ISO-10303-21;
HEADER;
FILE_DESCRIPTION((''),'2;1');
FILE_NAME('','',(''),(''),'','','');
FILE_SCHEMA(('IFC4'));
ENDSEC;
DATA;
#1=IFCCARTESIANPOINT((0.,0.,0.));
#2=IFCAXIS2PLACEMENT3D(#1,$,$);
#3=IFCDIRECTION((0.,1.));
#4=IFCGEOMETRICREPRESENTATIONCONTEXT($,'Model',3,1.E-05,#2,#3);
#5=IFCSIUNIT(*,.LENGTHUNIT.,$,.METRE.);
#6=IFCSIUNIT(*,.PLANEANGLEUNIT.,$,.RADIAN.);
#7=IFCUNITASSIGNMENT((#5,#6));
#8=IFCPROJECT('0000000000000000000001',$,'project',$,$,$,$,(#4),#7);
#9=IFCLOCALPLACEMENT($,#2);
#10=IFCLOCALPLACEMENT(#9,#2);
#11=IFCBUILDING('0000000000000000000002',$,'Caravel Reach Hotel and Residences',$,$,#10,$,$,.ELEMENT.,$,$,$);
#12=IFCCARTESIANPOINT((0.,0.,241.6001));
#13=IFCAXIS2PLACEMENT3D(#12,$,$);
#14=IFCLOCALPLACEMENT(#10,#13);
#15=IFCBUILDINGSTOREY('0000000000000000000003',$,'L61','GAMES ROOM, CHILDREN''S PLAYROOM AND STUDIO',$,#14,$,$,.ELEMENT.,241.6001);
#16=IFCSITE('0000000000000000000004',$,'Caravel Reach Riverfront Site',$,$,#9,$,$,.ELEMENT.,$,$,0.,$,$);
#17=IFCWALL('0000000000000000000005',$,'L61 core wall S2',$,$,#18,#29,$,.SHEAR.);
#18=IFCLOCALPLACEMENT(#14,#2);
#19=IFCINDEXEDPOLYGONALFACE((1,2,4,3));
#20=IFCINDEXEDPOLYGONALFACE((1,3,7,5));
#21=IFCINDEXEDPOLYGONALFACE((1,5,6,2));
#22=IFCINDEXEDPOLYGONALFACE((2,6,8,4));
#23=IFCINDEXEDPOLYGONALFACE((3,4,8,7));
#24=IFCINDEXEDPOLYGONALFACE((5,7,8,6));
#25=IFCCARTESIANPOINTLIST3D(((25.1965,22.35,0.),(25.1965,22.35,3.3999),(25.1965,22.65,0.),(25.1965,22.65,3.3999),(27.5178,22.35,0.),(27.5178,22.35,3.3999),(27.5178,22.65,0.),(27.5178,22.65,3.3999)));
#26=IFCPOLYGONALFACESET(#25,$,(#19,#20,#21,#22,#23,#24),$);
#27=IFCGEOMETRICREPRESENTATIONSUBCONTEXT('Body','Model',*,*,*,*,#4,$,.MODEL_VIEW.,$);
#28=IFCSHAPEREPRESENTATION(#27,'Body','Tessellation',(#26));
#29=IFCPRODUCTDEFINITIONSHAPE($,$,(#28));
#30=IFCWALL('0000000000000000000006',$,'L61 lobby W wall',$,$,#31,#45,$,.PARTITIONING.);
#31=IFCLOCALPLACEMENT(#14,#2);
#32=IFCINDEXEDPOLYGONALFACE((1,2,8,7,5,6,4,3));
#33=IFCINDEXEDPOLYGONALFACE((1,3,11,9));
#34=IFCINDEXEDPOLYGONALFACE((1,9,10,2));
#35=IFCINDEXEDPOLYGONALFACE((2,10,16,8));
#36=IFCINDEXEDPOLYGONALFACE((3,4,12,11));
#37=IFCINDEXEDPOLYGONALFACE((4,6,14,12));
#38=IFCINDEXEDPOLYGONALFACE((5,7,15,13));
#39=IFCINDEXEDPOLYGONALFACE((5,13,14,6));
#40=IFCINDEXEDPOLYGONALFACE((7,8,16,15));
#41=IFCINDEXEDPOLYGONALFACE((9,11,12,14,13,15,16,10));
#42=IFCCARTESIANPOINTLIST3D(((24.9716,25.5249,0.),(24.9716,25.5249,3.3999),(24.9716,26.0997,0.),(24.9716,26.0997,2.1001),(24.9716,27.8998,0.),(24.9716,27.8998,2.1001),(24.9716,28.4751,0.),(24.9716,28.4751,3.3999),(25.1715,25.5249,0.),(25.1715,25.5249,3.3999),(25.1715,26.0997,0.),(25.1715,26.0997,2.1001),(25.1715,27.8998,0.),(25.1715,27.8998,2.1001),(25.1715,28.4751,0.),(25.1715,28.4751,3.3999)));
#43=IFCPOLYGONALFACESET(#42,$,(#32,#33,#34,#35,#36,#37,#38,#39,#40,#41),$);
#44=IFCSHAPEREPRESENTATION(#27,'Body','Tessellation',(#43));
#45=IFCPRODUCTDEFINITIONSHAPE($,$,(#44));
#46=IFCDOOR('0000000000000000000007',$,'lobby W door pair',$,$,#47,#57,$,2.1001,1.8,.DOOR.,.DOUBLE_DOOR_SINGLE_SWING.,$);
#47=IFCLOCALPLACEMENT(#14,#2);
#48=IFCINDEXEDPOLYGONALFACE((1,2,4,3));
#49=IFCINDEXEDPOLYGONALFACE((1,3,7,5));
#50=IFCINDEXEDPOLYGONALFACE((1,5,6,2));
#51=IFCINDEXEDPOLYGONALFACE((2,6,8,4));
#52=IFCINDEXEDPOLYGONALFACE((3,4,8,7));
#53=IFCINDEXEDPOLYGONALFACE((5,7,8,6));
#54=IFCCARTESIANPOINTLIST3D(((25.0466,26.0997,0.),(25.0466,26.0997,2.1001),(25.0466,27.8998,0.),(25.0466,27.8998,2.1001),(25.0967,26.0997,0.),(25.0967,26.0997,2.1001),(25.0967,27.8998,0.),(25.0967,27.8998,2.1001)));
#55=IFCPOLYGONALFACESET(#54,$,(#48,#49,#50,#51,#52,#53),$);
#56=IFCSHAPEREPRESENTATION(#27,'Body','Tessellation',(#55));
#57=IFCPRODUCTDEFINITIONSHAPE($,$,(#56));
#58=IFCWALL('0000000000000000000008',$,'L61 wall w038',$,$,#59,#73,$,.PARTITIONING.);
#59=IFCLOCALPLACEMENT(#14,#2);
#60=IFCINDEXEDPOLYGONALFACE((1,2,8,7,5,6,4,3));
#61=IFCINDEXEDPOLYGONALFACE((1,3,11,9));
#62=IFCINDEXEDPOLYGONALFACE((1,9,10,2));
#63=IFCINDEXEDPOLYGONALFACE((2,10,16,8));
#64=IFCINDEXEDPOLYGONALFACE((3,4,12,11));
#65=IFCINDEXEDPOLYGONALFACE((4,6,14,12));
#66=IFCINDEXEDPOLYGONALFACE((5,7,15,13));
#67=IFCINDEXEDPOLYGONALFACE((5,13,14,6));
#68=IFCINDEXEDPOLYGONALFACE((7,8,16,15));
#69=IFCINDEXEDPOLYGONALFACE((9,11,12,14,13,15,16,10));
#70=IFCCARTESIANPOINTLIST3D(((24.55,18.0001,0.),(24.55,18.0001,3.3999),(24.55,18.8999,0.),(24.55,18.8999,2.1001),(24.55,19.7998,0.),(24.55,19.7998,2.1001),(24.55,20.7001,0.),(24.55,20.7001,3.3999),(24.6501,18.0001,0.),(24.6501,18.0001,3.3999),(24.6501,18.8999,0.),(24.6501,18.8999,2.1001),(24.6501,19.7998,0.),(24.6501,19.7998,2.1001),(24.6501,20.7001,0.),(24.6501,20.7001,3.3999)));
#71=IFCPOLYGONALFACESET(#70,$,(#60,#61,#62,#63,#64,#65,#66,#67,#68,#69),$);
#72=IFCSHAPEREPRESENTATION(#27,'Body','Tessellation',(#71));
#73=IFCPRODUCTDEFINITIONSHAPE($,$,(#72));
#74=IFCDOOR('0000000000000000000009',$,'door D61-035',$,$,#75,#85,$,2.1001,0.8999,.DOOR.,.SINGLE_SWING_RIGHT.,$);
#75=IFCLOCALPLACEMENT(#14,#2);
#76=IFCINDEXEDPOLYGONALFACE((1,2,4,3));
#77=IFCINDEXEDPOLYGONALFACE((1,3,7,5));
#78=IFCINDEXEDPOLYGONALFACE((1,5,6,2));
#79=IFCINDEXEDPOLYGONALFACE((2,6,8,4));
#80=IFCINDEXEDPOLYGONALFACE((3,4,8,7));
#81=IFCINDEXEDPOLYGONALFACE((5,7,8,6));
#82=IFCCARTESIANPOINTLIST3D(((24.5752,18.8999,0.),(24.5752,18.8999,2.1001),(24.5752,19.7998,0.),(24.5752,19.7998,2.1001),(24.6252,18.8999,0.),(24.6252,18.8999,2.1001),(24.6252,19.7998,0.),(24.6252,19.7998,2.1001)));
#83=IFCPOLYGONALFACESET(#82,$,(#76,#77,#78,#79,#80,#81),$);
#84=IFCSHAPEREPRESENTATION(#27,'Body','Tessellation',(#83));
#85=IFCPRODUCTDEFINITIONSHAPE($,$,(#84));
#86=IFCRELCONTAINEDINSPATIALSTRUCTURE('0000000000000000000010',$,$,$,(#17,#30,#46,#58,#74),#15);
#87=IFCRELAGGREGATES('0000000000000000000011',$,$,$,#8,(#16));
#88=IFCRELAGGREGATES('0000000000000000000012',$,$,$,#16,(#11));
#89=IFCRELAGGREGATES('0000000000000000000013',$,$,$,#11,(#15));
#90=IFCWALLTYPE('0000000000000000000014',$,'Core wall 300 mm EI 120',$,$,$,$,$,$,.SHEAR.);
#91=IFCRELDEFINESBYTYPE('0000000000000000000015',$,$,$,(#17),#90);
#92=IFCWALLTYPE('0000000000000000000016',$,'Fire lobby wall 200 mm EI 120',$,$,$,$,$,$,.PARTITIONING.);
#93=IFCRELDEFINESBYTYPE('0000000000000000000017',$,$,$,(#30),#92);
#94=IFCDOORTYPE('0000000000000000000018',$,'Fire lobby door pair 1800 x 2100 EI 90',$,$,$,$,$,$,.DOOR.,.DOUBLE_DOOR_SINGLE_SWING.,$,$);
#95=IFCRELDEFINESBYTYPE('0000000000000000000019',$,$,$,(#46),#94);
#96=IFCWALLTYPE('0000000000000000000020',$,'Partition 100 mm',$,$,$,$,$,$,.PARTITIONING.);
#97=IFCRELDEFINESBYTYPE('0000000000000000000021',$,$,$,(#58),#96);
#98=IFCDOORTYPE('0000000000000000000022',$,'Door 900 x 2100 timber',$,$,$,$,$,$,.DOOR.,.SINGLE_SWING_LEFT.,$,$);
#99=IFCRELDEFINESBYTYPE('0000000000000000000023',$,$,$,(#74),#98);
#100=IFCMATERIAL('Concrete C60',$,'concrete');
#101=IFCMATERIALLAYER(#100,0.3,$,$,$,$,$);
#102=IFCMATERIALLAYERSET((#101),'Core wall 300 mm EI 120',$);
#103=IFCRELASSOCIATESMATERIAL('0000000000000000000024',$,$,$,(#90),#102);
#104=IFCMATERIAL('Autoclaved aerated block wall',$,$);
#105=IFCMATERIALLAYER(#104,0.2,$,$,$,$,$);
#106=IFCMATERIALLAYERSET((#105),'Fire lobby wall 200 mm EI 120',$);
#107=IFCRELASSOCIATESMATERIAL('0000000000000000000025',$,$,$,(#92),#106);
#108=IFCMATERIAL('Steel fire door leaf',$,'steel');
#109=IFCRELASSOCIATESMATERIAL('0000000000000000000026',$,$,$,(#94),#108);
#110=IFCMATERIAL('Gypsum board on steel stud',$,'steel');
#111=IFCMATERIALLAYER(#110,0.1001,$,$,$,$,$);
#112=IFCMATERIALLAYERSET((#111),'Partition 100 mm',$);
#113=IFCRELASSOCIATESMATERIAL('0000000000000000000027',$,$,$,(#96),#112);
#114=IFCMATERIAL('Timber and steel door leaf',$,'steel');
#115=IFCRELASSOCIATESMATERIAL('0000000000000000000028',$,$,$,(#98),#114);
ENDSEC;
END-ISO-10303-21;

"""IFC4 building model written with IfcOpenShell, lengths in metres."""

from ifc_helpers import new_model, si_unit, direction, frame, frame_2d, origin, place, context, subcontext, project, spatial, rectangle, extrude, material, layer, layer_set, type_object, element, fill, save


model = new_model("IFC4")

# Units and contexts
model_context = context("Model", 3, precision=1e-05, world=origin(), true_north=direction((0.0, 1.0)))
body_context = subcontext(model_context, "Body", "Model", "MODEL_VIEW")
ifc_project = project(units=[si_unit("LENGTHUNIT", "METRE"), si_unit("PLANEANGLEUNIT", "RADIAN")], contexts=[model_context])

# Site, building, storey
site_placement = place(None, origin())
site = spatial("IfcSite", under=ifc_project, at=site_placement, Name="Caravel Reach Riverfront Site", CompositionType="ELEMENT", RefElevation=0.0)
building_placement = place(site_placement, origin())
building = spatial("IfcBuilding", under=site, at=building_placement, Name="Caravel Reach Hotel and Residences", CompositionType="ELEMENT")
storey_placement = place(building_placement, frame((0.0, 0.0, 241.6001)))
storey = spatial("IfcBuildingStorey", under=building, at=storey_placement, Name="L61", Description="GAMES ROOM, CHILDREN'S PLAYROOM AND STUDIO", CompositionType="ELEMENT", Elevation=241.6001)

# Wall
ifc_material_1 = material(Name="Concrete C60", Category="concrete")
ifc_layer_1 = layer(ifc_material_1, 0.3)
ifc_layer_set_1 = layer_set([ifc_layer_1], Name="Core wall 300 mm EI 120")
wall_type_1 = type_object("IfcWallType", Name="Core wall 300 mm EI 120", PredefinedType="SHEAR", material=ifc_layer_set_1)
wall_1_placement = place(storey_placement, frame((25.1965, 22.5, 0.0), z_axis=(0.0, 0.0, 1.0), x_axis=(1.0, 0.0, 0.0)))
element("IfcWall", 1, at=wall_1_placement, inside=storey, type_object=wall_type_1, Name="L61 core wall S2", PredefinedType="SHEAR", context=body_context, shape_type="SweptSolid", body=[
    extrude(rectangle(XDim=2.3213, YDim=0.3, at=frame_2d((1.1606, 0.0))), origin(), (0.0, 0.0, 1.0), 3.3999),
])

# Walls, openings, doors
ifc_material_2 = material(Name="Autoclaved aerated block wall")
ifc_layer_2 = layer(ifc_material_2, 0.2)
ifc_layer_set_2 = layer_set([ifc_layer_2], Name="Fire lobby wall 200 mm EI 120")
wall_type_2 = type_object("IfcWallType", Name="Fire lobby wall 200 mm EI 120", PredefinedType="PARTITIONING", material=ifc_layer_set_2)
wall_2_placement = place(storey_placement, frame((25.0715, 25.5249, 0.0), z_axis=(0.0, 0.0, 1.0), x_axis=(0.0, 1.0, 0.0)))
wall_2 = element("IfcWall", 2, at=wall_2_placement, inside=storey, type_object=wall_type_2, Name="L61 lobby W wall", PredefinedType="PARTITIONING", context=body_context, shape_type="SweptSolid", body=[
    extrude(rectangle(XDim=2.9502, YDim=0.2, at=frame_2d((1.4751, 0.0))), origin(), (0.0, 0.0, 1.0), 3.3999),
])
opening_1_placement = place(wall_2_placement, frame((0.575, 0.0, 0.0)))
opening_1 = element("IfcOpeningElement", 3, at=opening_1_placement, cuts=wall_2, PredefinedType="OPENING", context=body_context, shape_type="SweptSolid", body=[
    extrude(rectangle(XDim=1.8, YDim=2.1001, at=frame_2d((0.8999, 1.05))), frame((0.0, 0.1099, 0.0), z_axis=(0.0, -1.0, 0.0), x_axis=(1.0, 0.0, 0.0)), (0.0, 0.0, 1.0), 0.22),
])
ifc_material_3 = material(Name="Steel fire door leaf", Category="steel")
door_type_1 = type_object("IfcDoorType", Name="Fire lobby door pair 1800 x 2100 EI 90", OperationType="DOUBLE_DOOR_SINGLE_SWING", PredefinedType="DOOR", material=ifc_material_3)
door_1_placement = place(opening_1_placement, origin())
door_1 = element("IfcDoor", 4, at=door_1_placement, inside=storey, type_object=door_type_1, Name="lobby W door pair", OperationType="DOUBLE_DOOR_SINGLE_SWING", OverallHeight=2.1001, OverallWidth=1.8, PredefinedType="DOOR", context=body_context, shape_type="SweptSolid", body=[
    extrude(rectangle(XDim=1.8, YDim=2.1001, at=frame_2d((0.8999, 1.05))), frame((0.0, 0.0249, 0.0), z_axis=(0.0, -1.0, 0.0), x_axis=(1.0, 0.0, 0.0)), (0.0, 0.0, 1.0), 0.05),
])
fill(opening_1, door_1)
ifc_material_4 = material(Name="Gypsum board on steel stud", Category="steel")
ifc_layer_3 = layer(ifc_material_4, 0.1001)
ifc_layer_set_3 = layer_set([ifc_layer_3], Name="Partition 100 mm")
wall_type_3 = type_object("IfcWallType", Name="Partition 100 mm", PredefinedType="PARTITIONING", material=ifc_layer_set_3)
wall_3_placement = place(storey_placement, frame((24.6001, 18.0, 0.0), z_axis=(0.0, 0.0, 1.0), x_axis=(0.0, 1.0, 0.0)))
wall_3 = element("IfcWall", 5, at=wall_3_placement, inside=storey, type_object=wall_type_3, Name="L61 wall w038", PredefinedType="PARTITIONING", context=body_context, shape_type="SweptSolid", body=[
    extrude(rectangle(XDim=2.7, YDim=0.1001, at=frame_2d((1.3501, 0.0))), origin(), (0.0, 0.0, 1.0), 3.3999),
])
opening_2_placement = place(wall_3_placement, frame((0.8999, 0.0, 0.0)))
opening_2 = element("IfcOpeningElement", 6, at=opening_2_placement, cuts=wall_3, PredefinedType="OPENING", context=body_context, shape_type="SweptSolid", body=[
    extrude(rectangle(XDim=0.8999, YDim=2.1001, at=frame_2d((0.45, 1.05))), frame((0.0, 0.0601, 0.0), z_axis=(0.0, -1.0, 0.0), x_axis=(1.0, 0.0, 0.0)), (0.0, 0.0, 1.0), 0.1201),
])
ifc_material_5 = material(Name="Timber and steel door leaf", Category="steel")
door_type_2 = type_object("IfcDoorType", Name="Door 900 x 2100 timber", OperationType="SINGLE_SWING_LEFT", PredefinedType="DOOR", material=ifc_material_5)
door_2_placement = place(opening_2_placement, origin())
door_2 = element("IfcDoor", 7, at=door_2_placement, inside=storey, type_object=door_type_2, Name="door D61-035", OperationType="SINGLE_SWING_RIGHT", OverallHeight=2.1001, OverallWidth=0.8999, PredefinedType="DOOR", context=body_context, shape_type="SweptSolid", body=[
    extrude(rectangle(XDim=0.8999, YDim=2.1001, at=frame_2d((0.45, 1.05))), frame((0.0, 0.0249, 0.0), z_axis=(0.0, -1.0, 0.0), x_axis=(1.0, 0.0, 0.0)), (0.0, 0.0, 1.0), 0.05),
])
fill(opening_2, door_2)

save(model, "model.ifc")
